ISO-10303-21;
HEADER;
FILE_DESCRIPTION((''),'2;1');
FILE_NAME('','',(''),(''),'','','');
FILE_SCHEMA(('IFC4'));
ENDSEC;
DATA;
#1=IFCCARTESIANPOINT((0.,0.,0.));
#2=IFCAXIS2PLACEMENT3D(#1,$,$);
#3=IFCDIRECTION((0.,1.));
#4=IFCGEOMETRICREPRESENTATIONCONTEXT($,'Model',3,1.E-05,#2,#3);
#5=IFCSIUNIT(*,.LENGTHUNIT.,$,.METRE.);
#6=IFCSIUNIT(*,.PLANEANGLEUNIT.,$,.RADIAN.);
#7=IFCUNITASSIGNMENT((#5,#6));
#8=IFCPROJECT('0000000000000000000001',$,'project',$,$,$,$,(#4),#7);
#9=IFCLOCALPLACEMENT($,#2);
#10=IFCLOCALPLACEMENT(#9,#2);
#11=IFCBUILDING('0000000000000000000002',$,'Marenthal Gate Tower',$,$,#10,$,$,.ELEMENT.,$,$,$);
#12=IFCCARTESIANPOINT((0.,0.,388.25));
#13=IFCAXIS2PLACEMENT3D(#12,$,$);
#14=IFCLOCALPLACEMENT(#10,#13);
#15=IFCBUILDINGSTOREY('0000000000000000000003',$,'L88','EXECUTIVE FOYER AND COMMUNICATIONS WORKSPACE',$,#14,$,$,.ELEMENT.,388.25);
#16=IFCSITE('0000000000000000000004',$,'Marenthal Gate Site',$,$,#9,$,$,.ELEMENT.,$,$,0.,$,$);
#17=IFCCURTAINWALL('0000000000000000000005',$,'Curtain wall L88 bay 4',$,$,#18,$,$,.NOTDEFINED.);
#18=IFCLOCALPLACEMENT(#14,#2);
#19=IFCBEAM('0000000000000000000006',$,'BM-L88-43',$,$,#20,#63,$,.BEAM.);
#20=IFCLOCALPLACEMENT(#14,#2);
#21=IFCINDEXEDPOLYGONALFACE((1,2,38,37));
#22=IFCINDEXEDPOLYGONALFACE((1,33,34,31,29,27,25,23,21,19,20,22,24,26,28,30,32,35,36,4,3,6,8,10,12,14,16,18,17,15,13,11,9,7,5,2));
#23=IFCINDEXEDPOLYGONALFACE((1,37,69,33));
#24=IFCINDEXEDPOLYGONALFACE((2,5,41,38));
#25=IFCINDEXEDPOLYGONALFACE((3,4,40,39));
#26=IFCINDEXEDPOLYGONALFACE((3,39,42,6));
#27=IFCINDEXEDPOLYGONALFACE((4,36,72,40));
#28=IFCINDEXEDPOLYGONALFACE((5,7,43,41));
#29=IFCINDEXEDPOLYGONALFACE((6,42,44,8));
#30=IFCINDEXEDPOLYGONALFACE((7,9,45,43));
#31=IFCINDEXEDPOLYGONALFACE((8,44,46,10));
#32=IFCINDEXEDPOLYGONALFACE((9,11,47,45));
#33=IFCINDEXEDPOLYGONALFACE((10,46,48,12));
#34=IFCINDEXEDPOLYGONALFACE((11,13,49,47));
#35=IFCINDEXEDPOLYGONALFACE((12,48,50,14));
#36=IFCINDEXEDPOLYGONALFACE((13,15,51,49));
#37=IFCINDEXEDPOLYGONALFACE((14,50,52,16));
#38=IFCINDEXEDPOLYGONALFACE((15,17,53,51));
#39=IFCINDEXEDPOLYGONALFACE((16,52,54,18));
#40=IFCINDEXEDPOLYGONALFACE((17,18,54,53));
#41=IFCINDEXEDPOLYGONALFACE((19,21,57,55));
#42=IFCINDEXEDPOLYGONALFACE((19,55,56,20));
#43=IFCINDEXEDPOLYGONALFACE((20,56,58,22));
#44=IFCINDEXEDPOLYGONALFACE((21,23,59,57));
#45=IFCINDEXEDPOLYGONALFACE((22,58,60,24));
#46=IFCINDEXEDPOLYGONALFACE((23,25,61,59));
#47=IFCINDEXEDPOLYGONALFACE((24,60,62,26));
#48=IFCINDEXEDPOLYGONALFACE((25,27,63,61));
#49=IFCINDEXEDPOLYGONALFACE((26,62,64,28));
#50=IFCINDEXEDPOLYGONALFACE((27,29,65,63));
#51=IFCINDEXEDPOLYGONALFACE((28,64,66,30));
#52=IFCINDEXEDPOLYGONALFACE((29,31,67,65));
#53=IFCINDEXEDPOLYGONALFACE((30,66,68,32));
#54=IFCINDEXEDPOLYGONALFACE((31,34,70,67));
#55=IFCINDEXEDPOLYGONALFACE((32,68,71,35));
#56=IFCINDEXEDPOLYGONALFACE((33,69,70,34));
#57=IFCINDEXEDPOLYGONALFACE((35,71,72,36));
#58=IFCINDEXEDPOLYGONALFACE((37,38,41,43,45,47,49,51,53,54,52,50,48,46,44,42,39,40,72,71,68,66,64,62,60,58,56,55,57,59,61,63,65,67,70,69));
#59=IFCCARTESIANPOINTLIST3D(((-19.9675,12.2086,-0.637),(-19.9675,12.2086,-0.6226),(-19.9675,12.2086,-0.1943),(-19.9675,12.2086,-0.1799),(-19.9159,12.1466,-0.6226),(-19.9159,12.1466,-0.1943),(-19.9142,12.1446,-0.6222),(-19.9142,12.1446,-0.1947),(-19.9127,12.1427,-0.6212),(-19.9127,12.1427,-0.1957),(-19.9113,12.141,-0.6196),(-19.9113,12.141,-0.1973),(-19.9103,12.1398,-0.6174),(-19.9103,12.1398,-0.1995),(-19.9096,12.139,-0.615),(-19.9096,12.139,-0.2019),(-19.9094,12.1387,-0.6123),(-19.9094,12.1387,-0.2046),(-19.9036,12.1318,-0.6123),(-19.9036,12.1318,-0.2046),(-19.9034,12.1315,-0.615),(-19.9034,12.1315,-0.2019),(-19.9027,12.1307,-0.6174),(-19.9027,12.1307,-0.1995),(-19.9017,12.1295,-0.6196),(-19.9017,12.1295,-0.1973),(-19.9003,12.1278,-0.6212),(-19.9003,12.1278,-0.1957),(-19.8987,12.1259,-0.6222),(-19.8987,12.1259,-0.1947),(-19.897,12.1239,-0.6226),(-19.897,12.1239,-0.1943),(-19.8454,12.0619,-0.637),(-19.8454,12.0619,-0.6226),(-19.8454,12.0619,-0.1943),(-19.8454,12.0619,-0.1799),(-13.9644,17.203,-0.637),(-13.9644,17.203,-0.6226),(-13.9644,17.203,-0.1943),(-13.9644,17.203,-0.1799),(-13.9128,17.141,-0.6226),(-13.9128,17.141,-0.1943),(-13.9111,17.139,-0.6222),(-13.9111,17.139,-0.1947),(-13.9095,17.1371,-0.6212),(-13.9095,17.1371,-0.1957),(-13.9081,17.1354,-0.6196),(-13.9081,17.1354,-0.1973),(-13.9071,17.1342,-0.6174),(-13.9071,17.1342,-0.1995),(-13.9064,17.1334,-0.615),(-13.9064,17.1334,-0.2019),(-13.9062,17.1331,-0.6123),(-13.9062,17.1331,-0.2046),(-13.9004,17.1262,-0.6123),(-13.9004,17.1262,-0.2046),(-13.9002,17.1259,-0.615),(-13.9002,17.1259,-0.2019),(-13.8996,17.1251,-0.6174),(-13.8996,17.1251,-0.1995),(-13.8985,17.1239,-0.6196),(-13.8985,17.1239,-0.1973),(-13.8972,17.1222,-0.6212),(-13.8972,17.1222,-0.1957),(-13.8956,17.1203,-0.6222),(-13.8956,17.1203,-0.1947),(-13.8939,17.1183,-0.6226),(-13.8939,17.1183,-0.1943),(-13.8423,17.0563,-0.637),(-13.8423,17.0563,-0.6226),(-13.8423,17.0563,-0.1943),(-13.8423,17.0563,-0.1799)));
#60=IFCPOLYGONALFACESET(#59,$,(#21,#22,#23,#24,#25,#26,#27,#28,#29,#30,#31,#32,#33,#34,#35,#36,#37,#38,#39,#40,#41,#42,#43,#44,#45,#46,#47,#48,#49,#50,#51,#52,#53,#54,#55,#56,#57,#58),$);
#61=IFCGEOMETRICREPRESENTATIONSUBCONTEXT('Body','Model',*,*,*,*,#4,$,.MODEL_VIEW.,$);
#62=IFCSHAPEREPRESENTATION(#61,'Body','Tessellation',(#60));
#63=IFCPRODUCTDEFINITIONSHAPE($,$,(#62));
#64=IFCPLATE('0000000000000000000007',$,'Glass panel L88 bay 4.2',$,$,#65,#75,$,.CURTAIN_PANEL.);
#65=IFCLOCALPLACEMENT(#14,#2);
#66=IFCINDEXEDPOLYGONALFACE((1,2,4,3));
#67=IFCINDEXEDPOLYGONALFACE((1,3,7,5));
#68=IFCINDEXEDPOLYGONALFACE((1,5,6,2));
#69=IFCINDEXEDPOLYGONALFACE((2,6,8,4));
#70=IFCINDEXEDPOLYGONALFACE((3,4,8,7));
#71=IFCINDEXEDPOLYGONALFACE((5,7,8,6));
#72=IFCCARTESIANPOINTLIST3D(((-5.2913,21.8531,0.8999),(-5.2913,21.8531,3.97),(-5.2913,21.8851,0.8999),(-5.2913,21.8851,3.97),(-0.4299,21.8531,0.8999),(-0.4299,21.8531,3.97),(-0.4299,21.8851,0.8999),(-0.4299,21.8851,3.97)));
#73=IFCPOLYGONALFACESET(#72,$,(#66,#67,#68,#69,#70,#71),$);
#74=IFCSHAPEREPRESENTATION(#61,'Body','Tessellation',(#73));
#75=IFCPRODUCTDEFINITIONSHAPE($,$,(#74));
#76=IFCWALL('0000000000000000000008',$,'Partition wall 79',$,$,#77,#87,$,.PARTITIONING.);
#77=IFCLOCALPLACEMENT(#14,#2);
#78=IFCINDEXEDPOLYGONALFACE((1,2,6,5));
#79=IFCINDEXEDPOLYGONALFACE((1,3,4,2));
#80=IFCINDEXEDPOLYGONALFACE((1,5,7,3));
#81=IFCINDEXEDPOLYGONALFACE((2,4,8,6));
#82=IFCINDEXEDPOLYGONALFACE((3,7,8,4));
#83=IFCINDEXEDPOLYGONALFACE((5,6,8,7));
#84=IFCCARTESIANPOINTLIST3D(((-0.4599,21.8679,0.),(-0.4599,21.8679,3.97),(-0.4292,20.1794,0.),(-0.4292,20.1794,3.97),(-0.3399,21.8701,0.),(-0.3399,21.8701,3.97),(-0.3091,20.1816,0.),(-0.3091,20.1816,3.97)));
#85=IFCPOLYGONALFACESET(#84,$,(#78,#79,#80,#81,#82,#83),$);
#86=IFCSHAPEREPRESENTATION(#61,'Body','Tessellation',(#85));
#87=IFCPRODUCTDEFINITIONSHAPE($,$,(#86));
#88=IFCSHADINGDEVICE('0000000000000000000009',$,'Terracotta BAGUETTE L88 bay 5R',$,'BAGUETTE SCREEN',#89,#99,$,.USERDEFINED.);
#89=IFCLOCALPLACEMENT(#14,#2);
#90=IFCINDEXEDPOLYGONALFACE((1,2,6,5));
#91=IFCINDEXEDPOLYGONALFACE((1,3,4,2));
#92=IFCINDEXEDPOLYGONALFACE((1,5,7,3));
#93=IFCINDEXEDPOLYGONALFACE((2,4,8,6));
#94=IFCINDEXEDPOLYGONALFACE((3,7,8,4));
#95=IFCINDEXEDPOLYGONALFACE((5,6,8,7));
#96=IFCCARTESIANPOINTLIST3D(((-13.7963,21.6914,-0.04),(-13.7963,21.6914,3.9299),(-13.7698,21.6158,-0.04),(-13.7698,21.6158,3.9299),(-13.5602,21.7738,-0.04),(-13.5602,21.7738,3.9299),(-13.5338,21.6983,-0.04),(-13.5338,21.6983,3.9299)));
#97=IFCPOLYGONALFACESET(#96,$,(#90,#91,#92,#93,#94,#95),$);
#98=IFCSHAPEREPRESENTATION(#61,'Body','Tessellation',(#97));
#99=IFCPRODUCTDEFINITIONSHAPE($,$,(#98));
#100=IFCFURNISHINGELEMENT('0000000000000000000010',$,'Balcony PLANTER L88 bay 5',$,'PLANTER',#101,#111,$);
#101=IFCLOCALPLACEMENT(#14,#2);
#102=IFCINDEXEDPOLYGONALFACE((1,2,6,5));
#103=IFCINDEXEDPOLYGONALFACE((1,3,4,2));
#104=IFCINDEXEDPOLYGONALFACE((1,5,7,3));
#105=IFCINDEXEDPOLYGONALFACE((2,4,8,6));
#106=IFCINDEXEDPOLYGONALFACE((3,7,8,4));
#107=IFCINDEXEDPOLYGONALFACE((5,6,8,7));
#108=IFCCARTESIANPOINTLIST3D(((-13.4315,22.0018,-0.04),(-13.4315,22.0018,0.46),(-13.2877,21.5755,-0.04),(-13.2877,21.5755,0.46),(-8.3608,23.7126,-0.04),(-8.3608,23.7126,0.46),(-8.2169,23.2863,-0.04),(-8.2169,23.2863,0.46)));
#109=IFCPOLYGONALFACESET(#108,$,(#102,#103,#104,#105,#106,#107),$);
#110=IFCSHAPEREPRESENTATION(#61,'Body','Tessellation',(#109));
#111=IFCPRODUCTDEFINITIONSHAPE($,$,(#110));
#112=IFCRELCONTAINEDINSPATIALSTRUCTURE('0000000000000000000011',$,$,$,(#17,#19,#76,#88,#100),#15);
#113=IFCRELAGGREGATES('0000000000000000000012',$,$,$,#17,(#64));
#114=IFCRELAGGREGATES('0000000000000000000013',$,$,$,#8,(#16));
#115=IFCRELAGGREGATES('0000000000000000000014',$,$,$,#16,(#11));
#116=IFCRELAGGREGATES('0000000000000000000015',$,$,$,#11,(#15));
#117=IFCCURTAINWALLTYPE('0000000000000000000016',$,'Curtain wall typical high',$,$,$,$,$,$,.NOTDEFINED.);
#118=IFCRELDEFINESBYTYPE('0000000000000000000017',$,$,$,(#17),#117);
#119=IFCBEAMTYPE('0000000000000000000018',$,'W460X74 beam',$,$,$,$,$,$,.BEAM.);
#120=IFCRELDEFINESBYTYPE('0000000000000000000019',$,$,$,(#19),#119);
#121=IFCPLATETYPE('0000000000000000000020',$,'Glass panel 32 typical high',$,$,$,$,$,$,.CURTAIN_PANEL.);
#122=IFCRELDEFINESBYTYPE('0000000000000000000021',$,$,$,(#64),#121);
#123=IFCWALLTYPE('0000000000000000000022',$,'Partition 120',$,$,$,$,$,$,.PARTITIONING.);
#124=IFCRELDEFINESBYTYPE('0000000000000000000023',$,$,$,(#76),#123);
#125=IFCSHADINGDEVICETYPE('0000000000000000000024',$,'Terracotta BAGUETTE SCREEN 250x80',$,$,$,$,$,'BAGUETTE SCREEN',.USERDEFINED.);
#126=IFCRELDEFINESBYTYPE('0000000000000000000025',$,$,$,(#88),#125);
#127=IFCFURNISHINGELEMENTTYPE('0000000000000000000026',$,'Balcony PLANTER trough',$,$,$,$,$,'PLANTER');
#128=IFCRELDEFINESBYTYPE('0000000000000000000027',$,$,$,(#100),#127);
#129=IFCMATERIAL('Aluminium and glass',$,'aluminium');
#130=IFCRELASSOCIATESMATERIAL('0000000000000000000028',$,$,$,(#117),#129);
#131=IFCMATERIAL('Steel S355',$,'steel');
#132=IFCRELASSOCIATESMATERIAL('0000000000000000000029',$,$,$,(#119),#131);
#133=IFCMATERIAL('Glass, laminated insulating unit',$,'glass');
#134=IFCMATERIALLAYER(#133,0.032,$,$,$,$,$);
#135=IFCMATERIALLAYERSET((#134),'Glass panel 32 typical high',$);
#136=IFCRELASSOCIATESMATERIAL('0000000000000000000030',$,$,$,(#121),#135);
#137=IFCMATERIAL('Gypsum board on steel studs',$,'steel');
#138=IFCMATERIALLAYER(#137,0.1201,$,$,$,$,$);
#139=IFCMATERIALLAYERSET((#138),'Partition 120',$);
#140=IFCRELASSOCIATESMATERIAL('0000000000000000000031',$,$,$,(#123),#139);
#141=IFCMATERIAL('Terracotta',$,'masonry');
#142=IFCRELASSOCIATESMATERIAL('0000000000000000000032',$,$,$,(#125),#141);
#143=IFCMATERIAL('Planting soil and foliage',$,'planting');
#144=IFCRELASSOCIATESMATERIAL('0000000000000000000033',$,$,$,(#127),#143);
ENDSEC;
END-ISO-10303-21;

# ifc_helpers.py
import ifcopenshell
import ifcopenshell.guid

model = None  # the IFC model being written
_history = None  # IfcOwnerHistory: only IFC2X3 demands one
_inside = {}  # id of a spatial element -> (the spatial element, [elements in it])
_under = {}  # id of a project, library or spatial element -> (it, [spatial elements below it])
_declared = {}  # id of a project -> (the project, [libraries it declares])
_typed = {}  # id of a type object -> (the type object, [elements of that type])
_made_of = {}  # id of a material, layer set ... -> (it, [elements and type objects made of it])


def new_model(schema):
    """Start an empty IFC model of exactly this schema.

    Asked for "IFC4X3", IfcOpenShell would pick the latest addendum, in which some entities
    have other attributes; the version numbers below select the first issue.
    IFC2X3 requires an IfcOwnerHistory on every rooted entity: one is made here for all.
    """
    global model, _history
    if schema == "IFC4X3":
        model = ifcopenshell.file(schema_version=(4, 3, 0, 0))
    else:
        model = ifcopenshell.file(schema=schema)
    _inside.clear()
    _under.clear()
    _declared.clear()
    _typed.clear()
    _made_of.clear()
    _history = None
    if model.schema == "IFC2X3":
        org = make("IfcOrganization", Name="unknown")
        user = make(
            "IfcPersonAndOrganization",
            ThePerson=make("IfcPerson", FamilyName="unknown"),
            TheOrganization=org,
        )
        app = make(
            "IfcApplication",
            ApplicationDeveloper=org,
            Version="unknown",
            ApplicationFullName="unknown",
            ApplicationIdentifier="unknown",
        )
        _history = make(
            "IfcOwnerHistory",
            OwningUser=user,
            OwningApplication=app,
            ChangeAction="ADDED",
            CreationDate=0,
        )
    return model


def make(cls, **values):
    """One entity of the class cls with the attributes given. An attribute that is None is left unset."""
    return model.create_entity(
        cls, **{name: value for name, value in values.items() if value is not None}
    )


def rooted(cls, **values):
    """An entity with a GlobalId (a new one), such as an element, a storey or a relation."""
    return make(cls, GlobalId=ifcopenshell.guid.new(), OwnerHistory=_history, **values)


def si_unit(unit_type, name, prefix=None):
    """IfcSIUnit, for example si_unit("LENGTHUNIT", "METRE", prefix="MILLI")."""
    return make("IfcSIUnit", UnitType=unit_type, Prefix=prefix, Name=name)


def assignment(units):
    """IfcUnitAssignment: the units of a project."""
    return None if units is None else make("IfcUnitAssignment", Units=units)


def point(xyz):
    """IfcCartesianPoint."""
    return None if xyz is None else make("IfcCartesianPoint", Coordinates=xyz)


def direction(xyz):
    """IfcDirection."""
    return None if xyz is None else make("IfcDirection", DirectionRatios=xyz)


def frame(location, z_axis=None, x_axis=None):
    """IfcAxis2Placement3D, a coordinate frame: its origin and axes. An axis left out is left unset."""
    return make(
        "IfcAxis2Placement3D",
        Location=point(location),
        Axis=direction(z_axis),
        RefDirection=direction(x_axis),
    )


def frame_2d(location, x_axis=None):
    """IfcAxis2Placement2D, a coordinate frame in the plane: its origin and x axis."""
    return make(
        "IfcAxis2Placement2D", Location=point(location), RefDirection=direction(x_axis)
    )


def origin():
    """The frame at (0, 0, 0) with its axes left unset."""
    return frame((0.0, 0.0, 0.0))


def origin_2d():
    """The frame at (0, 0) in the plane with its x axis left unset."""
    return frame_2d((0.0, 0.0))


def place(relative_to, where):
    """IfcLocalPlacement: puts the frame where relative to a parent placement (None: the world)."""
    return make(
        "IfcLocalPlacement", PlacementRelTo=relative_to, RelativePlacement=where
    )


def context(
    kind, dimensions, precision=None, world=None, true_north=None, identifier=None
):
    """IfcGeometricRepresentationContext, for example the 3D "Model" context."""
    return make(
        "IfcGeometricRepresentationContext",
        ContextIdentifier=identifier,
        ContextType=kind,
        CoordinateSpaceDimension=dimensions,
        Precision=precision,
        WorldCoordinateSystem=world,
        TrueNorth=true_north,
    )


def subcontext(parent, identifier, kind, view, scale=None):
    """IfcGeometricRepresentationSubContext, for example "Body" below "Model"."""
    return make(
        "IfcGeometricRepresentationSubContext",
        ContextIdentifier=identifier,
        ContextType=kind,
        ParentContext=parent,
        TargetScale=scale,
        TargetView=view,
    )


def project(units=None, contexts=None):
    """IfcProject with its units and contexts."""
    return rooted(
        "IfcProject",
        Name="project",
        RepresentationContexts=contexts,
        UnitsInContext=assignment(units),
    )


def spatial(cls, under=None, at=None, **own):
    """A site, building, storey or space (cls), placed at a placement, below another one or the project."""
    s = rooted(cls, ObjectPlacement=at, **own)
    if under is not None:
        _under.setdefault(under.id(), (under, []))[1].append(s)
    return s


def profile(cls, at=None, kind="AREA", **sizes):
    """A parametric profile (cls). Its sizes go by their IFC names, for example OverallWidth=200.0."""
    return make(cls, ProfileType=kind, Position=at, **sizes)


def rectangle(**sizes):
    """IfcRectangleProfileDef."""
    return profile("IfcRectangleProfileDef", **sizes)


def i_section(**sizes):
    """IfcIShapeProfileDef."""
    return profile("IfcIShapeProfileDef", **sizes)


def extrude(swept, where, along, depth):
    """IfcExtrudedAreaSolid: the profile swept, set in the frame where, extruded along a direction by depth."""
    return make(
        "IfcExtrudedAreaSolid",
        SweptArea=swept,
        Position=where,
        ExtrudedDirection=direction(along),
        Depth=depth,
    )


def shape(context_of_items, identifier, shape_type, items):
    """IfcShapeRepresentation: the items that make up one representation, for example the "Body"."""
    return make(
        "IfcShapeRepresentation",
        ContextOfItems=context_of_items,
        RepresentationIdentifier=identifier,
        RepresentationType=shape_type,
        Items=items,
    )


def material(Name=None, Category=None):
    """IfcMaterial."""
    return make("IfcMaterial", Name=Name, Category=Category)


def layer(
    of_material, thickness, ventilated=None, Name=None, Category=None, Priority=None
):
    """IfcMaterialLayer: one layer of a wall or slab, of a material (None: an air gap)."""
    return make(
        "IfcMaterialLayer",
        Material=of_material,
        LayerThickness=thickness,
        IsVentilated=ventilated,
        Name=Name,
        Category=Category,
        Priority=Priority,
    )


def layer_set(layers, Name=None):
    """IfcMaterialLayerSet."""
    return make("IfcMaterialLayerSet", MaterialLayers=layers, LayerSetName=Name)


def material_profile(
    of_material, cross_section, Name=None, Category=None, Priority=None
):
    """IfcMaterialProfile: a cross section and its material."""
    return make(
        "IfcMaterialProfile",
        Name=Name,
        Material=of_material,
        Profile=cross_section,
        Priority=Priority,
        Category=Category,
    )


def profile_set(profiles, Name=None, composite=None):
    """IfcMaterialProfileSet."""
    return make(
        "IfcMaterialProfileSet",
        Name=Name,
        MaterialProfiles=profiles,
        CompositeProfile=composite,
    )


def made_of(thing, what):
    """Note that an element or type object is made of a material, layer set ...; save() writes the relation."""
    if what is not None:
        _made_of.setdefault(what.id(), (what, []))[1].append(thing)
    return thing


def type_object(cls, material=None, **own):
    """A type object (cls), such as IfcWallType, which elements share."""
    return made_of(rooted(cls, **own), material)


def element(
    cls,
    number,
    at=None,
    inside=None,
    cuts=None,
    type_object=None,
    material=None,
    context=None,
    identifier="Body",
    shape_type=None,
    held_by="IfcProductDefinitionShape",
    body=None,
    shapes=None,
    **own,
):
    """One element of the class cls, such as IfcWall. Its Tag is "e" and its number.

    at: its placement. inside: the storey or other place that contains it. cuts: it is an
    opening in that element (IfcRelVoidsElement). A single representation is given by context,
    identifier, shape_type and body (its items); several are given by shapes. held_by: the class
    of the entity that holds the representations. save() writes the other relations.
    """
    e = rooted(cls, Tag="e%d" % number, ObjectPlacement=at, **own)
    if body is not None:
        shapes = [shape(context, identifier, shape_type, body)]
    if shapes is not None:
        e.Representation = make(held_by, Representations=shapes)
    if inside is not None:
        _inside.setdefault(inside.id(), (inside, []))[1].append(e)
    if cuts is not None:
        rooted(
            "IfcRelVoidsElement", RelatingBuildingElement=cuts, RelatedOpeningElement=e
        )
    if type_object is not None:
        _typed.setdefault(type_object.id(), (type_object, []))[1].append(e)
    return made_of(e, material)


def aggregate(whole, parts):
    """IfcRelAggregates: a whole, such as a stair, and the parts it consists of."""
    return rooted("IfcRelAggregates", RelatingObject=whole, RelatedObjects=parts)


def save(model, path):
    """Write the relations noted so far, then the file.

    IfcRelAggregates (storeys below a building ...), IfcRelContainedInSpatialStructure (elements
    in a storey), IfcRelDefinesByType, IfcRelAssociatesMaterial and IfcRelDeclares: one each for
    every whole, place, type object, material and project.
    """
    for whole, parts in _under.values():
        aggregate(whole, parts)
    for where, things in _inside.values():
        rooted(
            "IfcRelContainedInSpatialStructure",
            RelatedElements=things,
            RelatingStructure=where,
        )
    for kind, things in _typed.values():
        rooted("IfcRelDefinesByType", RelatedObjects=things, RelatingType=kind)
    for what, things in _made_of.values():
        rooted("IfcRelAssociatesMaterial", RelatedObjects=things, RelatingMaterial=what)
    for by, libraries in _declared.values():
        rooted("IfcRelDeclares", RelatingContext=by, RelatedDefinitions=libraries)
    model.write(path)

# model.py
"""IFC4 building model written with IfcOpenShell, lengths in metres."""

from ifc_helpers import new_model, si_unit, direction, frame, frame_2d, origin, origin_2d, place, context, subcontext, project, spatial, rectangle, i_section, extrude, material, layer, layer_set, material_profile, profile_set, type_object, element, aggregate, save


model = new_model("IFC4")

# Units and contexts
model_context = context("Model", 3, precision=1e-05, world=origin(), true_north=direction((0.0, 1.0)))
body_context = subcontext(model_context, "Body", "Model", "MODEL_VIEW")
ifc_project = project(units=[si_unit("LENGTHUNIT", "METRE"), si_unit("PLANEANGLEUNIT", "RADIAN")], contexts=[model_context])

# Site, building, storey
site_placement = place(None, origin())
site = spatial("IfcSite", under=ifc_project, at=site_placement, Name="Marenthal Gate Site", CompositionType="ELEMENT", RefElevation=0.0)
building_placement = place(site_placement, origin())
building = spatial("IfcBuilding", under=site, at=building_placement, Name="Marenthal Gate Tower", CompositionType="ELEMENT")
storey_placement = place(building_placement, frame((0.0, 0.0, 388.25)))
storey = spatial("IfcBuildingStorey", under=building, at=storey_placement, Name="L88", Description="EXECUTIVE FOYER AND COMMUNICATIONS WORKSPACE", CompositionType="ELEMENT", Elevation=388.25)

# Curtain wall
ifc_material_1 = material(Name="Aluminium and glass", Category="aluminium")
curtain_wall_type = type_object("IfcCurtainWallType", Name="Curtain wall typical high", PredefinedType="NOTDEFINED", material=ifc_material_1)
curtain_wall_placement = place(storey_placement, origin())
curtain_wall = element("IfcCurtainWall", 1, at=curtain_wall_placement, inside=storey, type_object=curtain_wall_type, Name="Curtain wall L88 bay 4", PredefinedType="NOTDEFINED")

# Beam
ifc_material_2 = material(Name="Steel S355", Category="steel")
ifc_material_profile_1 = material_profile(ifc_material_2, i_section(OverallWidth=0.1909, OverallDepth=0.457, WebThickness=0.009, FlangeThickness=0.0144, FilletRadius=0.0103, at=origin_2d()), Name="W460X74")
ifc_profile_set_1 = profile_set([ifc_material_profile_1], Name="Steel S355")
beam_type_1 = type_object("IfcBeamType", Name="W460X74 beam", PredefinedType="BEAM", material=ifc_profile_set_1)
beam_1_placement = place(storey_placement, frame((-13.9033, 17.1296, -0.4084), z_axis=(-0.768741, -0.63956, 0.0), x_axis=(0.63956, -0.768741, 0.0)))
element("IfcBeam", 2, at=beam_1_placement, inside=storey, type_object=beam_type_1, Name="BM-L88-43", PredefinedType="BEAM", context=body_context, shape_type="SweptSolid", body=[
    extrude(i_section(OverallWidth=0.1909, OverallDepth=0.457, WebThickness=0.009, FlangeThickness=0.0144, FilletRadius=0.0103, at=origin_2d()), origin(), (0.0, 0.0, 1.0), 7.8091),
])

# Plate
ifc_material_3 = material(Name="Glass, laminated insulating unit", Category="glass")
ifc_layer_1 = layer(ifc_material_3, 0.032)
ifc_layer_set_1 = layer_set([ifc_layer_1], Name="Glass panel 32 typical high")
plate_type = type_object("IfcPlateType", Name="Glass panel 32 typical high", PredefinedType="CURTAIN_PANEL", material=ifc_layer_set_1)
plate_placement = place(storey_placement, frame((-2.8606, 21.8691, 0.8999), z_axis=(0.0, 0.0, 1.0), x_axis=(-1.0, 0.0, 0.0)))
plate = element("IfcPlate", 3, at=plate_placement, type_object=plate_type, Name="Glass panel L88 bay 4.2", PredefinedType="CURTAIN_PANEL", context=body_context, shape_type="SweptSolid", body=[
    extrude(rectangle(XDim=4.8613, YDim=0.032, at=origin_2d()), origin(), (0.0, 0.0, 1.0), 3.0701),
])
aggregate(curtain_wall, [plate])

# Wall
ifc_material_4 = material(Name="Gypsum board on steel studs", Category="steel")
ifc_layer_2 = layer(ifc_material_4, 0.1201)
ifc_layer_set_2 = layer_set([ifc_layer_2], Name="Partition 120")
wall_type_1 = type_object("IfcWallType", Name="Partition 120", PredefinedType="PARTITIONING", material=ifc_layer_set_2)
wall_1_placement = place(storey_placement, frame((-0.3691, 20.1807, 0.0), z_axis=(0.0, 0.0, 1.0), x_axis=(-0.018216, 0.999834, 0.0)))
element("IfcWall", 4, at=wall_1_placement, inside=storey, type_object=wall_type_1, Name="Partition wall 79", PredefinedType="PARTITIONING", context=body_context, shape_type="SweptSolid", body=[
    extrude(rectangle(XDim=1.6887, YDim=0.1201, at=frame_2d((0.8442, 0.0))), origin(), (0.0, 0.0, 1.0), 3.97),
])

# Shading device
ifc_material_5 = material(Name="Terracotta", Category="masonry")
ifc_material_profile_2 = material_profile(ifc_material_5, rectangle(XDim=0.25, YDim=0.0801, at=origin_2d()), Name="Terracotta baguette 250x80")
ifc_profile_set_2 = profile_set([ifc_material_profile_2], Name="Terracotta")
shading_device_type = type_object("IfcShadingDeviceType", Name="Terracotta BAGUETTE SCREEN 250x80", ElementType="BAGUETTE SCREEN", PredefinedType="USERDEFINED", material=ifc_profile_set_2)
shading_device_placement = place(storey_placement, frame((-13.665, 21.6948, -0.04), z_axis=(0.0, 0.0, 1.0), x_axis=(-0.944045, -0.329817, 0.0)))
element("IfcShadingDevice", 5, at=shading_device_placement, inside=storey, type_object=shading_device_type, Name="Terracotta BAGUETTE L88 bay 5R", ObjectType="BAGUETTE SCREEN", PredefinedType="USERDEFINED", context=body_context, shape_type="SweptSolid", body=[
    extrude(rectangle(XDim=0.25, YDim=0.0801, at=origin_2d()), origin(), (0.0, 0.0, 1.0), 3.97),
])

# Furnishing element
ifc_material_6 = material(Name="Planting soil and foliage", Category="planting")
furnishing_element_type = type_object("IfcFurnishingElementType", Name="Balcony PLANTER trough", ElementType="PLANTER", material=ifc_material_6)
furnishing_placement = place(storey_placement, frame((-10.8242, 22.644, -0.04), z_axis=(0.0, 0.0, 1.0), x_axis=(-0.947527, -0.319676, 0.0)))
element("IfcFurnishingElement", 6, at=furnishing_placement, inside=storey, type_object=furnishing_element_type, Name="Balcony PLANTER L88 bay 5", ObjectType="PLANTER", context=body_context, shape_type="SweptSolid", body=[
    extrude(rectangle(XDim=5.3516, YDim=0.45, at=origin_2d()), origin(), (0.0, 0.0, 1.0), 0.5),
])

save(model, "model.ifc")
